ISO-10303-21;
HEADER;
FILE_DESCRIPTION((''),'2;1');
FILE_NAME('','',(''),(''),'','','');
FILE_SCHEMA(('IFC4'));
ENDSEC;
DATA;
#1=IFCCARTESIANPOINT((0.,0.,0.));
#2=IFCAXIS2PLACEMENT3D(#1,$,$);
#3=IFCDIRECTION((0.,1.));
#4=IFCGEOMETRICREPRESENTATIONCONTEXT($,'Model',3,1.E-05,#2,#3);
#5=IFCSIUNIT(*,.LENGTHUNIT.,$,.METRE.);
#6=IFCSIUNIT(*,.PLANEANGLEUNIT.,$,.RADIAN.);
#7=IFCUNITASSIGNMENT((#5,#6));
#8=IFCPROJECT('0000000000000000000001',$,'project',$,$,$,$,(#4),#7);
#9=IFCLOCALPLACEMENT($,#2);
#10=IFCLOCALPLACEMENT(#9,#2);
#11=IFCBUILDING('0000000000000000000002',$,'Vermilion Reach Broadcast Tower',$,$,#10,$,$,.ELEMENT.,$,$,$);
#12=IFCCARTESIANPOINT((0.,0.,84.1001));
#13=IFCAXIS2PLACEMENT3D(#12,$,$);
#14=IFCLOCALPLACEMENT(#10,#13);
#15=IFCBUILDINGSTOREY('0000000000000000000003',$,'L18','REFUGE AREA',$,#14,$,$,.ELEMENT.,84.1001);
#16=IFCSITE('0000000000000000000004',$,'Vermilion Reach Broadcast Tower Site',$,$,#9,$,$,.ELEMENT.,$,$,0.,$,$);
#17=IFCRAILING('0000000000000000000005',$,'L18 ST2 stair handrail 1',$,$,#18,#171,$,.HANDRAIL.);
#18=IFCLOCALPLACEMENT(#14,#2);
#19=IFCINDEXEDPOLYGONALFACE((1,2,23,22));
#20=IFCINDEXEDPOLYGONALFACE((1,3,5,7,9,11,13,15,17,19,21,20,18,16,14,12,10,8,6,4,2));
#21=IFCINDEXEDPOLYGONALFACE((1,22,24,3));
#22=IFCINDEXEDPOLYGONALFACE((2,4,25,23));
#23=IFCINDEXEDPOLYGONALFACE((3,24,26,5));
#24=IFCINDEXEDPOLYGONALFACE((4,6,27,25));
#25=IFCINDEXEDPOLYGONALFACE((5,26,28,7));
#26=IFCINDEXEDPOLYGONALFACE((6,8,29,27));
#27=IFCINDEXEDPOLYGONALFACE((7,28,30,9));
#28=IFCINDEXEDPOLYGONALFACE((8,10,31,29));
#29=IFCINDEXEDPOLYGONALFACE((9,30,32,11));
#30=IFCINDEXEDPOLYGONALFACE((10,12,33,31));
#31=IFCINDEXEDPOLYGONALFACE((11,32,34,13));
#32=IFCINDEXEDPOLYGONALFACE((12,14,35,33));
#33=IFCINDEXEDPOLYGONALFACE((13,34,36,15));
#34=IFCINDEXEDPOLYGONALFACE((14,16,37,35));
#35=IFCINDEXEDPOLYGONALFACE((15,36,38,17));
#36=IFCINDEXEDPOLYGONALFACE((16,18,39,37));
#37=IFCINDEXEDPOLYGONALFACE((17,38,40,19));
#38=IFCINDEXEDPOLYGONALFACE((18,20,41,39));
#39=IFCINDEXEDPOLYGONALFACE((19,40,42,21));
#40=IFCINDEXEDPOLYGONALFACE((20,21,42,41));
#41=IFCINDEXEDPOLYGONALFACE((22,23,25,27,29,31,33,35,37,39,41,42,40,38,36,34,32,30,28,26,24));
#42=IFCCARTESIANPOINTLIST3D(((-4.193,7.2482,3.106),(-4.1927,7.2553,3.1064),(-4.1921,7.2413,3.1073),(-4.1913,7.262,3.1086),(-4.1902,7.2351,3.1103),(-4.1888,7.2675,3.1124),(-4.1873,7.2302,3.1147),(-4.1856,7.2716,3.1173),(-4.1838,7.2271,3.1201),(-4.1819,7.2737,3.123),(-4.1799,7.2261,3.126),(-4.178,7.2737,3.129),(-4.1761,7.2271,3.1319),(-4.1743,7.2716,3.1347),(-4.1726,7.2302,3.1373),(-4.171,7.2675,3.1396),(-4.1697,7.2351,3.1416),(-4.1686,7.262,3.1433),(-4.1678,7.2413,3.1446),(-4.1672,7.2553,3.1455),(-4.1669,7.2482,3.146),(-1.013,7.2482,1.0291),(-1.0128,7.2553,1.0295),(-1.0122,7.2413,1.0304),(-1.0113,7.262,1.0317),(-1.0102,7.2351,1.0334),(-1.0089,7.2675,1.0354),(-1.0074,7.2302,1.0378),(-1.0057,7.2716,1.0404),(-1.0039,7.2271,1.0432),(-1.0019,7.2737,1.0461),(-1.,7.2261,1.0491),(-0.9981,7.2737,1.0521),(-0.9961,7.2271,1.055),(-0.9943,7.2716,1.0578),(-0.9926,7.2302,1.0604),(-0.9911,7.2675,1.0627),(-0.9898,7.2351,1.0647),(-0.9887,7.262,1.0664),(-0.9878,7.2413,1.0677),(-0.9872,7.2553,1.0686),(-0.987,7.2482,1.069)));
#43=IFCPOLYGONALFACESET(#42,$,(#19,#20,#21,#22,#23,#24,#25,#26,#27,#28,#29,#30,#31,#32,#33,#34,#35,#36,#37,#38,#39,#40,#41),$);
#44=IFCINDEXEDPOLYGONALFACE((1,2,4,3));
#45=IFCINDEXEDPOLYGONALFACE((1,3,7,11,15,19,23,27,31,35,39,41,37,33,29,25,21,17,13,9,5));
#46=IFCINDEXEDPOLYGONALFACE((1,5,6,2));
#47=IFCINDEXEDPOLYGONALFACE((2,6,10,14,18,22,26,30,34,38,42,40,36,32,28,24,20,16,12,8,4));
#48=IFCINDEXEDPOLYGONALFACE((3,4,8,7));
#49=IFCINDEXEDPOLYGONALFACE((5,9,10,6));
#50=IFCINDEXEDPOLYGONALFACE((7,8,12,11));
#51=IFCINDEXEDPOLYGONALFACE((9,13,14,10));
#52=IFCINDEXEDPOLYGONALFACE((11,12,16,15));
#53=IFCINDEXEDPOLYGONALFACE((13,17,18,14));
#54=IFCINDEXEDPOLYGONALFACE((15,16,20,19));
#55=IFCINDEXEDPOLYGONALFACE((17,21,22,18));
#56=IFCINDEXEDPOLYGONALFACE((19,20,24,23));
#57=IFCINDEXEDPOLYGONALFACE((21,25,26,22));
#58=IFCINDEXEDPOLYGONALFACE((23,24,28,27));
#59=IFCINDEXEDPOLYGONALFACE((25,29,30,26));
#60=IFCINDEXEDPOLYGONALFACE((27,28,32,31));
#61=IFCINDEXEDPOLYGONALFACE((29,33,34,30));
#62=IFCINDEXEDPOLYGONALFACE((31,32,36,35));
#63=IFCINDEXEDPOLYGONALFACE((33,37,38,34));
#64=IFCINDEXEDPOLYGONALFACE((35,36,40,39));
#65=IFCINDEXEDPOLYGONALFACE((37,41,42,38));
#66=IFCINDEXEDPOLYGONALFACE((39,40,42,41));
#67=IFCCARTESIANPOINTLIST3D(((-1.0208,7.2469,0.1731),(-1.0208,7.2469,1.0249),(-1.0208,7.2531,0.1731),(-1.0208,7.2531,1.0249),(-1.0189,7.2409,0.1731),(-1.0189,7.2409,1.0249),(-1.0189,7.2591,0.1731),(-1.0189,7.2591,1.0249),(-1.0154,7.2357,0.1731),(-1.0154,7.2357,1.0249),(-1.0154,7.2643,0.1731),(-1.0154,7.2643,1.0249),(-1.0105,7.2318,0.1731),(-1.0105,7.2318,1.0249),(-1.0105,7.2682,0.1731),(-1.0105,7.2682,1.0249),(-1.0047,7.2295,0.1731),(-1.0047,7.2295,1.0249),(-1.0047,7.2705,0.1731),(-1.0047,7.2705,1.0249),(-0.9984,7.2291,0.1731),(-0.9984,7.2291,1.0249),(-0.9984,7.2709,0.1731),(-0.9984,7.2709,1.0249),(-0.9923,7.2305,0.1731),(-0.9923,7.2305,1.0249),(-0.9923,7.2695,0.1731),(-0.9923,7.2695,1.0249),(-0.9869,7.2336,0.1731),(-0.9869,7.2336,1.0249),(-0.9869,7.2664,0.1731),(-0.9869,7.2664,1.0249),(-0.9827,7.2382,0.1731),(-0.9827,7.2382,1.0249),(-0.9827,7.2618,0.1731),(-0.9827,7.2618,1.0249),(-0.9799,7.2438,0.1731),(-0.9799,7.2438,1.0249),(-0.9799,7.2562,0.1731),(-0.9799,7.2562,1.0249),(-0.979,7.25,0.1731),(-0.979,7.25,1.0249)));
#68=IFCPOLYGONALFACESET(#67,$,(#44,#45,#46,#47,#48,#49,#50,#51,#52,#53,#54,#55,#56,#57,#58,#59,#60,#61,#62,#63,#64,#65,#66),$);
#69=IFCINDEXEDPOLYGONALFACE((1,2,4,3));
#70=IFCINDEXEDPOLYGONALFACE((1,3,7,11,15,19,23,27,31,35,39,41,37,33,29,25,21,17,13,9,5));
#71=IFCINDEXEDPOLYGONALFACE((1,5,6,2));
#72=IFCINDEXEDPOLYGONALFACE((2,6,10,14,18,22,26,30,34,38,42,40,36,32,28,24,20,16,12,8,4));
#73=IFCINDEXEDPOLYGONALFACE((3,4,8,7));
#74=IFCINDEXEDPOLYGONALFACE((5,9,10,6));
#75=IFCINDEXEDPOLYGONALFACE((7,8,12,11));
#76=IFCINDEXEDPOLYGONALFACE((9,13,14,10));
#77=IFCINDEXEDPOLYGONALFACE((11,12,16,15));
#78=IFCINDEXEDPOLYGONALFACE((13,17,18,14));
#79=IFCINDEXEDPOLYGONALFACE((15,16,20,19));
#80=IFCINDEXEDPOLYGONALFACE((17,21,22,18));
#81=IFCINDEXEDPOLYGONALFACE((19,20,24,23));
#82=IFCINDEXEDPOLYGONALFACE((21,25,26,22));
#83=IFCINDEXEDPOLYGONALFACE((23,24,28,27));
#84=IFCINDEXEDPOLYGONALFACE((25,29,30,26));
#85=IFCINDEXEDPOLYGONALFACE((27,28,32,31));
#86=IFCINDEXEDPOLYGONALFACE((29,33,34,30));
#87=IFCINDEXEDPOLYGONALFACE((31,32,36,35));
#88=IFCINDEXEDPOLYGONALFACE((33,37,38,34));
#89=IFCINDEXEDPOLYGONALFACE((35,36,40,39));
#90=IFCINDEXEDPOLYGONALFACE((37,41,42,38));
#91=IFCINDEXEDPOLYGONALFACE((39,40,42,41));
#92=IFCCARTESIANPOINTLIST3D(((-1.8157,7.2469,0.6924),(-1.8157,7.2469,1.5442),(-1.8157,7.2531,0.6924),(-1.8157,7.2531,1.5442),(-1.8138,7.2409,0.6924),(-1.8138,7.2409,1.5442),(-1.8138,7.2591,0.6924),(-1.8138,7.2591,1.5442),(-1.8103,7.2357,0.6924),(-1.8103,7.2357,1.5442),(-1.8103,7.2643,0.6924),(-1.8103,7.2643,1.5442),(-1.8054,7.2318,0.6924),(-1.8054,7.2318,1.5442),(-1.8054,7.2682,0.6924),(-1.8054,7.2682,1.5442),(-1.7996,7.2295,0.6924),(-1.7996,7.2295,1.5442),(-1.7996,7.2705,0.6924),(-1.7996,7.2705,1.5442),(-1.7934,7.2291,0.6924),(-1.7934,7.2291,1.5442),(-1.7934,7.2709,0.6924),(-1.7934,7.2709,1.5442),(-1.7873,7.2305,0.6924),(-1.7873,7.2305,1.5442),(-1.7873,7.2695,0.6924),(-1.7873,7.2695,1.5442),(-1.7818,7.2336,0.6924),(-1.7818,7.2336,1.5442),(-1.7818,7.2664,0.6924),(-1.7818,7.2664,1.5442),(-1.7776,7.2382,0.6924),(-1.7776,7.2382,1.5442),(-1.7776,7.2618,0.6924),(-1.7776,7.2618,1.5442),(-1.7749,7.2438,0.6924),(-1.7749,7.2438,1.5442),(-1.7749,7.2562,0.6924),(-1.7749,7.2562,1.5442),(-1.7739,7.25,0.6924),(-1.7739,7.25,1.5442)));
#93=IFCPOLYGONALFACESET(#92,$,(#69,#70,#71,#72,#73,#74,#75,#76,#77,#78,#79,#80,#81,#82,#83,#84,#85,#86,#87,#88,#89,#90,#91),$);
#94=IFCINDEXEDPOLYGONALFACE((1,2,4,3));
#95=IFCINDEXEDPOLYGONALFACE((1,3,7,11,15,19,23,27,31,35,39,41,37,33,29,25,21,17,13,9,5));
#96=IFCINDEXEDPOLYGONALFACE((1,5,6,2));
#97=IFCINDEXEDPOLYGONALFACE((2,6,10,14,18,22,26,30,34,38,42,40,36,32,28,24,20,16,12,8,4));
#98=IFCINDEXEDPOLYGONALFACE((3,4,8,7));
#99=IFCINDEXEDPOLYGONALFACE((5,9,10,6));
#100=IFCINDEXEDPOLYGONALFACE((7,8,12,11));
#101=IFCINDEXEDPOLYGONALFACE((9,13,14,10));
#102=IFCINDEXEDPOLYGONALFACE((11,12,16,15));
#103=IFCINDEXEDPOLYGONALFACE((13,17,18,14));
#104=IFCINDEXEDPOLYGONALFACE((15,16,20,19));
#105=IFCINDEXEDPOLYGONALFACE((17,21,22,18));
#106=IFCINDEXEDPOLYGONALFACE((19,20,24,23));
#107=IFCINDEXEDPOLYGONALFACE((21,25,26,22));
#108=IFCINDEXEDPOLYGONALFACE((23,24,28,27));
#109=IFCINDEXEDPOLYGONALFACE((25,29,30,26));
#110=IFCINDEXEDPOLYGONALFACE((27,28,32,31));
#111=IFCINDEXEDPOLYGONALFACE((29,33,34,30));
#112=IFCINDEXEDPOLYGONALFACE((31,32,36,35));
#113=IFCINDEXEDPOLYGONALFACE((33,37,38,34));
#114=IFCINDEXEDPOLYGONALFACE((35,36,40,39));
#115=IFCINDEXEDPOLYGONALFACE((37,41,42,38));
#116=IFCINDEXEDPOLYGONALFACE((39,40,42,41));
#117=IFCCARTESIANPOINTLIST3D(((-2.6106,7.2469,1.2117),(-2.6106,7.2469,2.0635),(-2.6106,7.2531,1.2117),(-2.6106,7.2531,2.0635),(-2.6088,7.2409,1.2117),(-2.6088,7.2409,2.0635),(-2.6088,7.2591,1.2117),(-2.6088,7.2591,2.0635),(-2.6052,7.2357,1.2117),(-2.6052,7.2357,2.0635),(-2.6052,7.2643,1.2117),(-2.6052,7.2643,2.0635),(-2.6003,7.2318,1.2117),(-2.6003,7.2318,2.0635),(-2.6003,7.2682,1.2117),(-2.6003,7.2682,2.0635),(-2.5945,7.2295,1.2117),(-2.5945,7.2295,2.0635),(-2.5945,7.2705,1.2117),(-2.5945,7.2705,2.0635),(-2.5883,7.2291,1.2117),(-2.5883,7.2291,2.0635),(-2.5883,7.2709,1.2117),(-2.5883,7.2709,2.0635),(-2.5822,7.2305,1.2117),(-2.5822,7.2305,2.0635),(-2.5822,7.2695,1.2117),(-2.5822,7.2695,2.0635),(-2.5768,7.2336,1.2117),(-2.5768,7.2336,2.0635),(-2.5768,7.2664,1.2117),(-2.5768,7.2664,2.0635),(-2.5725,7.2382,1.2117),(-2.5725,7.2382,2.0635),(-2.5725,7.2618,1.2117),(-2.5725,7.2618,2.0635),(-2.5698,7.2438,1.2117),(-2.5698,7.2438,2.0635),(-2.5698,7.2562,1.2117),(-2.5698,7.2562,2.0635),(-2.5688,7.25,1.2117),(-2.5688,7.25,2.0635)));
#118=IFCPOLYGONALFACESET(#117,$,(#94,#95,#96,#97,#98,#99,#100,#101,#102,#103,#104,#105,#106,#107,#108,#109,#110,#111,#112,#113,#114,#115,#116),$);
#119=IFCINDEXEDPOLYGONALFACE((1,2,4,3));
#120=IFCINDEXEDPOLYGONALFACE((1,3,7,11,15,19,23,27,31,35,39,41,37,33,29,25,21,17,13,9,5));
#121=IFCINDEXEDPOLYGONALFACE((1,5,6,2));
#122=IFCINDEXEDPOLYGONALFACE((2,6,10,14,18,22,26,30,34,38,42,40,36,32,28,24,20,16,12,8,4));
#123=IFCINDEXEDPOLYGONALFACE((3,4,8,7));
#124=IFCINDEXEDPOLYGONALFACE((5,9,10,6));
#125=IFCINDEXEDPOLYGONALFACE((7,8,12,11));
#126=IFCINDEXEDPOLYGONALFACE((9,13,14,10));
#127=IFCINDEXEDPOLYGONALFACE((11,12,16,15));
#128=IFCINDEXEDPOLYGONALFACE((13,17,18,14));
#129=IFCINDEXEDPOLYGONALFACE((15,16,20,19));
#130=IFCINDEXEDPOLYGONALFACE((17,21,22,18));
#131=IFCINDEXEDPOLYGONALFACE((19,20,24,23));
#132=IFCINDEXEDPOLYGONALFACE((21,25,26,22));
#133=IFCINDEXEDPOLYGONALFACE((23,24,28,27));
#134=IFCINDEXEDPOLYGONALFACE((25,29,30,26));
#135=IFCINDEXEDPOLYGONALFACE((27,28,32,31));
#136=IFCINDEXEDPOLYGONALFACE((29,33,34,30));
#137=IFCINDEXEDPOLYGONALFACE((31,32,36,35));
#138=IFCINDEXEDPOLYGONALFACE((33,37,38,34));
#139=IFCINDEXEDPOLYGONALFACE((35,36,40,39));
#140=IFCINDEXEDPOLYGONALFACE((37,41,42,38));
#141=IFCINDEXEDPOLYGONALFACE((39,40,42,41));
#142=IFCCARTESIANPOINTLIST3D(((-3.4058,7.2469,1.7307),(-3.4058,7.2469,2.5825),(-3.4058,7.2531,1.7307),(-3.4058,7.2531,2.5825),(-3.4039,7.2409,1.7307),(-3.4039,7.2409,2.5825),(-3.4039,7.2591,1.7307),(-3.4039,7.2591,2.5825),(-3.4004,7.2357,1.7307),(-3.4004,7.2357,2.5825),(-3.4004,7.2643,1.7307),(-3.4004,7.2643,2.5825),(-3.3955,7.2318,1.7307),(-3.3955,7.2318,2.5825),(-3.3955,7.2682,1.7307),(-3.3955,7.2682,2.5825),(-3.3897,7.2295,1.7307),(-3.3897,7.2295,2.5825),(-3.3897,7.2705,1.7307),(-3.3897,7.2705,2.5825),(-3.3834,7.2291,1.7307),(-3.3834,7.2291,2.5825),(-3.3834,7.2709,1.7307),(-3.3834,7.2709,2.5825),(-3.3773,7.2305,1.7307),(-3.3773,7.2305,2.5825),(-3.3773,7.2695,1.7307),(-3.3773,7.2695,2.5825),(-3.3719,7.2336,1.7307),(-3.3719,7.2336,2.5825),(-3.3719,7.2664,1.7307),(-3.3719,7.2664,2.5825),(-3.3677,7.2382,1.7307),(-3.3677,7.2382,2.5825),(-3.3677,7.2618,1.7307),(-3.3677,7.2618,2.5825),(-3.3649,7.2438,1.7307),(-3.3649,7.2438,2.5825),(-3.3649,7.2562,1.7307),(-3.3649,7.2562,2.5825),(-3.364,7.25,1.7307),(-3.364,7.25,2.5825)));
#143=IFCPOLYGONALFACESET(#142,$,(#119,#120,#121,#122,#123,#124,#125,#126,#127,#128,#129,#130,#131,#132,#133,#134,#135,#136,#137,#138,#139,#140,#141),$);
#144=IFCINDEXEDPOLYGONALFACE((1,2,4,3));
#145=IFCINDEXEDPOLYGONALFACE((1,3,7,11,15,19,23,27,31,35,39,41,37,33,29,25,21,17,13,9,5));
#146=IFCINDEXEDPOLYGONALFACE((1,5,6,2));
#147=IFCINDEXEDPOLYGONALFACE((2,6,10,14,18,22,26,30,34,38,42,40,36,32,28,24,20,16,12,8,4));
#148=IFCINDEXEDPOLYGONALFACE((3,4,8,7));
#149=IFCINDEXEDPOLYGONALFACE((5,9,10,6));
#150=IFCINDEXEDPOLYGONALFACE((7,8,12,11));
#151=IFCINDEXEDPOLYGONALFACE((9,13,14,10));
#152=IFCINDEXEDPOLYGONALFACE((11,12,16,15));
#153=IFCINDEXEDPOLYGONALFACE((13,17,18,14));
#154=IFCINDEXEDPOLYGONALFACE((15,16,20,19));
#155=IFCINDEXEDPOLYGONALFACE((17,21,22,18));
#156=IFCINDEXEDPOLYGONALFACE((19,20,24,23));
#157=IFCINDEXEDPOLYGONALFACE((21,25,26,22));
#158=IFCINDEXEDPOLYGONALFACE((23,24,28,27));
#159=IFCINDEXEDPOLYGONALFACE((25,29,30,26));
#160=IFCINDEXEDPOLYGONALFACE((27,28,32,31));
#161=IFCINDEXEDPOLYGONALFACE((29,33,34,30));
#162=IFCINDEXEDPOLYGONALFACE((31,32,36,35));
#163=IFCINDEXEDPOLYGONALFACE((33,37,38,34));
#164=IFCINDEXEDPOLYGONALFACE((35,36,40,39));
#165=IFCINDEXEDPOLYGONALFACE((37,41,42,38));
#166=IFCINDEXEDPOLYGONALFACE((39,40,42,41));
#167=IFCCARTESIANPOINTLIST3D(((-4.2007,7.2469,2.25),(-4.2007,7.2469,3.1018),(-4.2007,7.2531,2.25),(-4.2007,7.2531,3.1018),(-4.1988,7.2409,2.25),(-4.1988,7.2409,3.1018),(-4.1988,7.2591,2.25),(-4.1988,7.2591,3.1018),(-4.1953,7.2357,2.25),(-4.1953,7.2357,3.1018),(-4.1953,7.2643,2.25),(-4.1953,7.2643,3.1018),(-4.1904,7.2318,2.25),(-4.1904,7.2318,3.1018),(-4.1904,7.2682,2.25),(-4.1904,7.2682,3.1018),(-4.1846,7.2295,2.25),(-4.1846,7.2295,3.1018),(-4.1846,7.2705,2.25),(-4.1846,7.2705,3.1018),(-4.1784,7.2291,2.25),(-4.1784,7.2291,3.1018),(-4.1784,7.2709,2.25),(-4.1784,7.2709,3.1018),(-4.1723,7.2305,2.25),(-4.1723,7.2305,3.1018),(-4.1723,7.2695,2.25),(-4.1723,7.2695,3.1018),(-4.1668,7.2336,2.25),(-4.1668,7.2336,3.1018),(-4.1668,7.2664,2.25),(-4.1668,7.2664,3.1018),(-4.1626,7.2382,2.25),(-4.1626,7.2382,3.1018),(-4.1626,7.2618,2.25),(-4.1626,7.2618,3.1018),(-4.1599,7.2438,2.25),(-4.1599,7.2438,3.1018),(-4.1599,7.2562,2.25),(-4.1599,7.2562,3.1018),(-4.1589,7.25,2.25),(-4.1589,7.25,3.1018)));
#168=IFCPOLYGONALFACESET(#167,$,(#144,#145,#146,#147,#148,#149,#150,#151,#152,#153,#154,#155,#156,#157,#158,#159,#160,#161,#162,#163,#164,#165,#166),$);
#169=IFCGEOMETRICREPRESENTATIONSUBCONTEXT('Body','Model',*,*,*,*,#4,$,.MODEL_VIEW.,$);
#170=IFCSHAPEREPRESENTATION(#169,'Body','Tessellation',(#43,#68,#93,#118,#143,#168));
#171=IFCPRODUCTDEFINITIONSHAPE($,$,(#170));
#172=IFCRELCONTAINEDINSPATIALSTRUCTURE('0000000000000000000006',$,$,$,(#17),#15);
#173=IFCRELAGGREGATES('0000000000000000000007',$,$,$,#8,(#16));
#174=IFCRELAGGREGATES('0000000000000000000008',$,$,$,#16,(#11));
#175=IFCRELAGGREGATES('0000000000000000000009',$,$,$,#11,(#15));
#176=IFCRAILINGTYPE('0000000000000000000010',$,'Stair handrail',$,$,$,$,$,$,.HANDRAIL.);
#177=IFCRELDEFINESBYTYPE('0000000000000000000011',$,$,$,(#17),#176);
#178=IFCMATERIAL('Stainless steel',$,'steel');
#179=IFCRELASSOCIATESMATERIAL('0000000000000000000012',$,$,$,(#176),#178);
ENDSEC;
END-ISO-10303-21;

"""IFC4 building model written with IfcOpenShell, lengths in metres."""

from ifc_helpers import new_model, si_unit, direction, frame, origin, origin_2d, place, context, subcontext, project, spatial, circle, extrude, material, type_object, element, save


model = new_model("IFC4")

# Units and contexts
model_context = context("Model", 3, precision=1e-05, world=origin(), true_north=direction((0.0, 1.0)))
body_context = subcontext(model_context, "Body", "Model", "MODEL_VIEW")
ifc_project = project(units=[si_unit("LENGTHUNIT", "METRE"), si_unit("PLANEANGLEUNIT", "RADIAN")], contexts=[model_context])

# Site, building, storey
site_placement = place(None, origin())
site = spatial("IfcSite", under=ifc_project, at=site_placement, Name="Vermilion Reach Broadcast Tower Site", CompositionType="ELEMENT", RefElevation=0.0)
building_placement = place(site_placement, origin())
building = spatial("IfcBuilding", under=site, at=building_placement, Name="Vermilion Reach Broadcast Tower", CompositionType="ELEMENT")
storey_placement = place(building_placement, frame((0.0, 0.0, 84.1001)))
storey = spatial("IfcBuildingStorey", under=building, at=storey_placement, Name="L18", Description="REFUGE AREA", CompositionType="ELEMENT", Elevation=84.1001)

# Railing
ifc_material_1 = material(Name="Stainless steel", Category="steel")
railing_type_1 = type_object("IfcRailingType", Name="Stair handrail", PredefinedType="HANDRAIL", material=ifc_material_1)
railing_1_placement = place(storey_placement, frame((-1.0, 7.25, 0.1731)))
element("IfcRailing", 1, at=railing_1_placement, inside=storey, type_object=railing_type_1, Name="L18 ST2 stair handrail 1", PredefinedType="HANDRAIL", context=body_context, shape_type="SweptSolid", body=[
    extrude(circle(Radius=0.0239, at=origin_2d()), frame((0.0, 0.0, 0.876), z_axis=(-0.837245, 0.0, 0.546828), x_axis=(0.0, -1.0, 0.0)), (0.0, 0.0, 1.0), 3.7981),
    extrude(circle(Radius=0.021, at=origin_2d()), origin(), (0.0, 0.0, 1.0), 0.8518),
    extrude(circle(Radius=0.021, at=origin_2d()), frame((-0.7949, 0.0, 0.5193)), (0.0, 0.0, 1.0), 0.8518),
    extrude(circle(Radius=0.021, at=origin_2d()), frame((-1.5898, 0.0, 1.0386)), (0.0, 0.0, 1.0), 0.8518),
    extrude(circle(Radius=0.021, at=origin_2d()), frame((-2.385, 0.0, 1.5576)), (0.0, 0.0, 1.0), 0.8518),
    extrude(circle(Radius=0.021, at=origin_2d()), frame((-3.1799, 0.0, 2.0769)), (0.0, 0.0, 1.0), 0.8518),
])

save(model, "model.ifc")
